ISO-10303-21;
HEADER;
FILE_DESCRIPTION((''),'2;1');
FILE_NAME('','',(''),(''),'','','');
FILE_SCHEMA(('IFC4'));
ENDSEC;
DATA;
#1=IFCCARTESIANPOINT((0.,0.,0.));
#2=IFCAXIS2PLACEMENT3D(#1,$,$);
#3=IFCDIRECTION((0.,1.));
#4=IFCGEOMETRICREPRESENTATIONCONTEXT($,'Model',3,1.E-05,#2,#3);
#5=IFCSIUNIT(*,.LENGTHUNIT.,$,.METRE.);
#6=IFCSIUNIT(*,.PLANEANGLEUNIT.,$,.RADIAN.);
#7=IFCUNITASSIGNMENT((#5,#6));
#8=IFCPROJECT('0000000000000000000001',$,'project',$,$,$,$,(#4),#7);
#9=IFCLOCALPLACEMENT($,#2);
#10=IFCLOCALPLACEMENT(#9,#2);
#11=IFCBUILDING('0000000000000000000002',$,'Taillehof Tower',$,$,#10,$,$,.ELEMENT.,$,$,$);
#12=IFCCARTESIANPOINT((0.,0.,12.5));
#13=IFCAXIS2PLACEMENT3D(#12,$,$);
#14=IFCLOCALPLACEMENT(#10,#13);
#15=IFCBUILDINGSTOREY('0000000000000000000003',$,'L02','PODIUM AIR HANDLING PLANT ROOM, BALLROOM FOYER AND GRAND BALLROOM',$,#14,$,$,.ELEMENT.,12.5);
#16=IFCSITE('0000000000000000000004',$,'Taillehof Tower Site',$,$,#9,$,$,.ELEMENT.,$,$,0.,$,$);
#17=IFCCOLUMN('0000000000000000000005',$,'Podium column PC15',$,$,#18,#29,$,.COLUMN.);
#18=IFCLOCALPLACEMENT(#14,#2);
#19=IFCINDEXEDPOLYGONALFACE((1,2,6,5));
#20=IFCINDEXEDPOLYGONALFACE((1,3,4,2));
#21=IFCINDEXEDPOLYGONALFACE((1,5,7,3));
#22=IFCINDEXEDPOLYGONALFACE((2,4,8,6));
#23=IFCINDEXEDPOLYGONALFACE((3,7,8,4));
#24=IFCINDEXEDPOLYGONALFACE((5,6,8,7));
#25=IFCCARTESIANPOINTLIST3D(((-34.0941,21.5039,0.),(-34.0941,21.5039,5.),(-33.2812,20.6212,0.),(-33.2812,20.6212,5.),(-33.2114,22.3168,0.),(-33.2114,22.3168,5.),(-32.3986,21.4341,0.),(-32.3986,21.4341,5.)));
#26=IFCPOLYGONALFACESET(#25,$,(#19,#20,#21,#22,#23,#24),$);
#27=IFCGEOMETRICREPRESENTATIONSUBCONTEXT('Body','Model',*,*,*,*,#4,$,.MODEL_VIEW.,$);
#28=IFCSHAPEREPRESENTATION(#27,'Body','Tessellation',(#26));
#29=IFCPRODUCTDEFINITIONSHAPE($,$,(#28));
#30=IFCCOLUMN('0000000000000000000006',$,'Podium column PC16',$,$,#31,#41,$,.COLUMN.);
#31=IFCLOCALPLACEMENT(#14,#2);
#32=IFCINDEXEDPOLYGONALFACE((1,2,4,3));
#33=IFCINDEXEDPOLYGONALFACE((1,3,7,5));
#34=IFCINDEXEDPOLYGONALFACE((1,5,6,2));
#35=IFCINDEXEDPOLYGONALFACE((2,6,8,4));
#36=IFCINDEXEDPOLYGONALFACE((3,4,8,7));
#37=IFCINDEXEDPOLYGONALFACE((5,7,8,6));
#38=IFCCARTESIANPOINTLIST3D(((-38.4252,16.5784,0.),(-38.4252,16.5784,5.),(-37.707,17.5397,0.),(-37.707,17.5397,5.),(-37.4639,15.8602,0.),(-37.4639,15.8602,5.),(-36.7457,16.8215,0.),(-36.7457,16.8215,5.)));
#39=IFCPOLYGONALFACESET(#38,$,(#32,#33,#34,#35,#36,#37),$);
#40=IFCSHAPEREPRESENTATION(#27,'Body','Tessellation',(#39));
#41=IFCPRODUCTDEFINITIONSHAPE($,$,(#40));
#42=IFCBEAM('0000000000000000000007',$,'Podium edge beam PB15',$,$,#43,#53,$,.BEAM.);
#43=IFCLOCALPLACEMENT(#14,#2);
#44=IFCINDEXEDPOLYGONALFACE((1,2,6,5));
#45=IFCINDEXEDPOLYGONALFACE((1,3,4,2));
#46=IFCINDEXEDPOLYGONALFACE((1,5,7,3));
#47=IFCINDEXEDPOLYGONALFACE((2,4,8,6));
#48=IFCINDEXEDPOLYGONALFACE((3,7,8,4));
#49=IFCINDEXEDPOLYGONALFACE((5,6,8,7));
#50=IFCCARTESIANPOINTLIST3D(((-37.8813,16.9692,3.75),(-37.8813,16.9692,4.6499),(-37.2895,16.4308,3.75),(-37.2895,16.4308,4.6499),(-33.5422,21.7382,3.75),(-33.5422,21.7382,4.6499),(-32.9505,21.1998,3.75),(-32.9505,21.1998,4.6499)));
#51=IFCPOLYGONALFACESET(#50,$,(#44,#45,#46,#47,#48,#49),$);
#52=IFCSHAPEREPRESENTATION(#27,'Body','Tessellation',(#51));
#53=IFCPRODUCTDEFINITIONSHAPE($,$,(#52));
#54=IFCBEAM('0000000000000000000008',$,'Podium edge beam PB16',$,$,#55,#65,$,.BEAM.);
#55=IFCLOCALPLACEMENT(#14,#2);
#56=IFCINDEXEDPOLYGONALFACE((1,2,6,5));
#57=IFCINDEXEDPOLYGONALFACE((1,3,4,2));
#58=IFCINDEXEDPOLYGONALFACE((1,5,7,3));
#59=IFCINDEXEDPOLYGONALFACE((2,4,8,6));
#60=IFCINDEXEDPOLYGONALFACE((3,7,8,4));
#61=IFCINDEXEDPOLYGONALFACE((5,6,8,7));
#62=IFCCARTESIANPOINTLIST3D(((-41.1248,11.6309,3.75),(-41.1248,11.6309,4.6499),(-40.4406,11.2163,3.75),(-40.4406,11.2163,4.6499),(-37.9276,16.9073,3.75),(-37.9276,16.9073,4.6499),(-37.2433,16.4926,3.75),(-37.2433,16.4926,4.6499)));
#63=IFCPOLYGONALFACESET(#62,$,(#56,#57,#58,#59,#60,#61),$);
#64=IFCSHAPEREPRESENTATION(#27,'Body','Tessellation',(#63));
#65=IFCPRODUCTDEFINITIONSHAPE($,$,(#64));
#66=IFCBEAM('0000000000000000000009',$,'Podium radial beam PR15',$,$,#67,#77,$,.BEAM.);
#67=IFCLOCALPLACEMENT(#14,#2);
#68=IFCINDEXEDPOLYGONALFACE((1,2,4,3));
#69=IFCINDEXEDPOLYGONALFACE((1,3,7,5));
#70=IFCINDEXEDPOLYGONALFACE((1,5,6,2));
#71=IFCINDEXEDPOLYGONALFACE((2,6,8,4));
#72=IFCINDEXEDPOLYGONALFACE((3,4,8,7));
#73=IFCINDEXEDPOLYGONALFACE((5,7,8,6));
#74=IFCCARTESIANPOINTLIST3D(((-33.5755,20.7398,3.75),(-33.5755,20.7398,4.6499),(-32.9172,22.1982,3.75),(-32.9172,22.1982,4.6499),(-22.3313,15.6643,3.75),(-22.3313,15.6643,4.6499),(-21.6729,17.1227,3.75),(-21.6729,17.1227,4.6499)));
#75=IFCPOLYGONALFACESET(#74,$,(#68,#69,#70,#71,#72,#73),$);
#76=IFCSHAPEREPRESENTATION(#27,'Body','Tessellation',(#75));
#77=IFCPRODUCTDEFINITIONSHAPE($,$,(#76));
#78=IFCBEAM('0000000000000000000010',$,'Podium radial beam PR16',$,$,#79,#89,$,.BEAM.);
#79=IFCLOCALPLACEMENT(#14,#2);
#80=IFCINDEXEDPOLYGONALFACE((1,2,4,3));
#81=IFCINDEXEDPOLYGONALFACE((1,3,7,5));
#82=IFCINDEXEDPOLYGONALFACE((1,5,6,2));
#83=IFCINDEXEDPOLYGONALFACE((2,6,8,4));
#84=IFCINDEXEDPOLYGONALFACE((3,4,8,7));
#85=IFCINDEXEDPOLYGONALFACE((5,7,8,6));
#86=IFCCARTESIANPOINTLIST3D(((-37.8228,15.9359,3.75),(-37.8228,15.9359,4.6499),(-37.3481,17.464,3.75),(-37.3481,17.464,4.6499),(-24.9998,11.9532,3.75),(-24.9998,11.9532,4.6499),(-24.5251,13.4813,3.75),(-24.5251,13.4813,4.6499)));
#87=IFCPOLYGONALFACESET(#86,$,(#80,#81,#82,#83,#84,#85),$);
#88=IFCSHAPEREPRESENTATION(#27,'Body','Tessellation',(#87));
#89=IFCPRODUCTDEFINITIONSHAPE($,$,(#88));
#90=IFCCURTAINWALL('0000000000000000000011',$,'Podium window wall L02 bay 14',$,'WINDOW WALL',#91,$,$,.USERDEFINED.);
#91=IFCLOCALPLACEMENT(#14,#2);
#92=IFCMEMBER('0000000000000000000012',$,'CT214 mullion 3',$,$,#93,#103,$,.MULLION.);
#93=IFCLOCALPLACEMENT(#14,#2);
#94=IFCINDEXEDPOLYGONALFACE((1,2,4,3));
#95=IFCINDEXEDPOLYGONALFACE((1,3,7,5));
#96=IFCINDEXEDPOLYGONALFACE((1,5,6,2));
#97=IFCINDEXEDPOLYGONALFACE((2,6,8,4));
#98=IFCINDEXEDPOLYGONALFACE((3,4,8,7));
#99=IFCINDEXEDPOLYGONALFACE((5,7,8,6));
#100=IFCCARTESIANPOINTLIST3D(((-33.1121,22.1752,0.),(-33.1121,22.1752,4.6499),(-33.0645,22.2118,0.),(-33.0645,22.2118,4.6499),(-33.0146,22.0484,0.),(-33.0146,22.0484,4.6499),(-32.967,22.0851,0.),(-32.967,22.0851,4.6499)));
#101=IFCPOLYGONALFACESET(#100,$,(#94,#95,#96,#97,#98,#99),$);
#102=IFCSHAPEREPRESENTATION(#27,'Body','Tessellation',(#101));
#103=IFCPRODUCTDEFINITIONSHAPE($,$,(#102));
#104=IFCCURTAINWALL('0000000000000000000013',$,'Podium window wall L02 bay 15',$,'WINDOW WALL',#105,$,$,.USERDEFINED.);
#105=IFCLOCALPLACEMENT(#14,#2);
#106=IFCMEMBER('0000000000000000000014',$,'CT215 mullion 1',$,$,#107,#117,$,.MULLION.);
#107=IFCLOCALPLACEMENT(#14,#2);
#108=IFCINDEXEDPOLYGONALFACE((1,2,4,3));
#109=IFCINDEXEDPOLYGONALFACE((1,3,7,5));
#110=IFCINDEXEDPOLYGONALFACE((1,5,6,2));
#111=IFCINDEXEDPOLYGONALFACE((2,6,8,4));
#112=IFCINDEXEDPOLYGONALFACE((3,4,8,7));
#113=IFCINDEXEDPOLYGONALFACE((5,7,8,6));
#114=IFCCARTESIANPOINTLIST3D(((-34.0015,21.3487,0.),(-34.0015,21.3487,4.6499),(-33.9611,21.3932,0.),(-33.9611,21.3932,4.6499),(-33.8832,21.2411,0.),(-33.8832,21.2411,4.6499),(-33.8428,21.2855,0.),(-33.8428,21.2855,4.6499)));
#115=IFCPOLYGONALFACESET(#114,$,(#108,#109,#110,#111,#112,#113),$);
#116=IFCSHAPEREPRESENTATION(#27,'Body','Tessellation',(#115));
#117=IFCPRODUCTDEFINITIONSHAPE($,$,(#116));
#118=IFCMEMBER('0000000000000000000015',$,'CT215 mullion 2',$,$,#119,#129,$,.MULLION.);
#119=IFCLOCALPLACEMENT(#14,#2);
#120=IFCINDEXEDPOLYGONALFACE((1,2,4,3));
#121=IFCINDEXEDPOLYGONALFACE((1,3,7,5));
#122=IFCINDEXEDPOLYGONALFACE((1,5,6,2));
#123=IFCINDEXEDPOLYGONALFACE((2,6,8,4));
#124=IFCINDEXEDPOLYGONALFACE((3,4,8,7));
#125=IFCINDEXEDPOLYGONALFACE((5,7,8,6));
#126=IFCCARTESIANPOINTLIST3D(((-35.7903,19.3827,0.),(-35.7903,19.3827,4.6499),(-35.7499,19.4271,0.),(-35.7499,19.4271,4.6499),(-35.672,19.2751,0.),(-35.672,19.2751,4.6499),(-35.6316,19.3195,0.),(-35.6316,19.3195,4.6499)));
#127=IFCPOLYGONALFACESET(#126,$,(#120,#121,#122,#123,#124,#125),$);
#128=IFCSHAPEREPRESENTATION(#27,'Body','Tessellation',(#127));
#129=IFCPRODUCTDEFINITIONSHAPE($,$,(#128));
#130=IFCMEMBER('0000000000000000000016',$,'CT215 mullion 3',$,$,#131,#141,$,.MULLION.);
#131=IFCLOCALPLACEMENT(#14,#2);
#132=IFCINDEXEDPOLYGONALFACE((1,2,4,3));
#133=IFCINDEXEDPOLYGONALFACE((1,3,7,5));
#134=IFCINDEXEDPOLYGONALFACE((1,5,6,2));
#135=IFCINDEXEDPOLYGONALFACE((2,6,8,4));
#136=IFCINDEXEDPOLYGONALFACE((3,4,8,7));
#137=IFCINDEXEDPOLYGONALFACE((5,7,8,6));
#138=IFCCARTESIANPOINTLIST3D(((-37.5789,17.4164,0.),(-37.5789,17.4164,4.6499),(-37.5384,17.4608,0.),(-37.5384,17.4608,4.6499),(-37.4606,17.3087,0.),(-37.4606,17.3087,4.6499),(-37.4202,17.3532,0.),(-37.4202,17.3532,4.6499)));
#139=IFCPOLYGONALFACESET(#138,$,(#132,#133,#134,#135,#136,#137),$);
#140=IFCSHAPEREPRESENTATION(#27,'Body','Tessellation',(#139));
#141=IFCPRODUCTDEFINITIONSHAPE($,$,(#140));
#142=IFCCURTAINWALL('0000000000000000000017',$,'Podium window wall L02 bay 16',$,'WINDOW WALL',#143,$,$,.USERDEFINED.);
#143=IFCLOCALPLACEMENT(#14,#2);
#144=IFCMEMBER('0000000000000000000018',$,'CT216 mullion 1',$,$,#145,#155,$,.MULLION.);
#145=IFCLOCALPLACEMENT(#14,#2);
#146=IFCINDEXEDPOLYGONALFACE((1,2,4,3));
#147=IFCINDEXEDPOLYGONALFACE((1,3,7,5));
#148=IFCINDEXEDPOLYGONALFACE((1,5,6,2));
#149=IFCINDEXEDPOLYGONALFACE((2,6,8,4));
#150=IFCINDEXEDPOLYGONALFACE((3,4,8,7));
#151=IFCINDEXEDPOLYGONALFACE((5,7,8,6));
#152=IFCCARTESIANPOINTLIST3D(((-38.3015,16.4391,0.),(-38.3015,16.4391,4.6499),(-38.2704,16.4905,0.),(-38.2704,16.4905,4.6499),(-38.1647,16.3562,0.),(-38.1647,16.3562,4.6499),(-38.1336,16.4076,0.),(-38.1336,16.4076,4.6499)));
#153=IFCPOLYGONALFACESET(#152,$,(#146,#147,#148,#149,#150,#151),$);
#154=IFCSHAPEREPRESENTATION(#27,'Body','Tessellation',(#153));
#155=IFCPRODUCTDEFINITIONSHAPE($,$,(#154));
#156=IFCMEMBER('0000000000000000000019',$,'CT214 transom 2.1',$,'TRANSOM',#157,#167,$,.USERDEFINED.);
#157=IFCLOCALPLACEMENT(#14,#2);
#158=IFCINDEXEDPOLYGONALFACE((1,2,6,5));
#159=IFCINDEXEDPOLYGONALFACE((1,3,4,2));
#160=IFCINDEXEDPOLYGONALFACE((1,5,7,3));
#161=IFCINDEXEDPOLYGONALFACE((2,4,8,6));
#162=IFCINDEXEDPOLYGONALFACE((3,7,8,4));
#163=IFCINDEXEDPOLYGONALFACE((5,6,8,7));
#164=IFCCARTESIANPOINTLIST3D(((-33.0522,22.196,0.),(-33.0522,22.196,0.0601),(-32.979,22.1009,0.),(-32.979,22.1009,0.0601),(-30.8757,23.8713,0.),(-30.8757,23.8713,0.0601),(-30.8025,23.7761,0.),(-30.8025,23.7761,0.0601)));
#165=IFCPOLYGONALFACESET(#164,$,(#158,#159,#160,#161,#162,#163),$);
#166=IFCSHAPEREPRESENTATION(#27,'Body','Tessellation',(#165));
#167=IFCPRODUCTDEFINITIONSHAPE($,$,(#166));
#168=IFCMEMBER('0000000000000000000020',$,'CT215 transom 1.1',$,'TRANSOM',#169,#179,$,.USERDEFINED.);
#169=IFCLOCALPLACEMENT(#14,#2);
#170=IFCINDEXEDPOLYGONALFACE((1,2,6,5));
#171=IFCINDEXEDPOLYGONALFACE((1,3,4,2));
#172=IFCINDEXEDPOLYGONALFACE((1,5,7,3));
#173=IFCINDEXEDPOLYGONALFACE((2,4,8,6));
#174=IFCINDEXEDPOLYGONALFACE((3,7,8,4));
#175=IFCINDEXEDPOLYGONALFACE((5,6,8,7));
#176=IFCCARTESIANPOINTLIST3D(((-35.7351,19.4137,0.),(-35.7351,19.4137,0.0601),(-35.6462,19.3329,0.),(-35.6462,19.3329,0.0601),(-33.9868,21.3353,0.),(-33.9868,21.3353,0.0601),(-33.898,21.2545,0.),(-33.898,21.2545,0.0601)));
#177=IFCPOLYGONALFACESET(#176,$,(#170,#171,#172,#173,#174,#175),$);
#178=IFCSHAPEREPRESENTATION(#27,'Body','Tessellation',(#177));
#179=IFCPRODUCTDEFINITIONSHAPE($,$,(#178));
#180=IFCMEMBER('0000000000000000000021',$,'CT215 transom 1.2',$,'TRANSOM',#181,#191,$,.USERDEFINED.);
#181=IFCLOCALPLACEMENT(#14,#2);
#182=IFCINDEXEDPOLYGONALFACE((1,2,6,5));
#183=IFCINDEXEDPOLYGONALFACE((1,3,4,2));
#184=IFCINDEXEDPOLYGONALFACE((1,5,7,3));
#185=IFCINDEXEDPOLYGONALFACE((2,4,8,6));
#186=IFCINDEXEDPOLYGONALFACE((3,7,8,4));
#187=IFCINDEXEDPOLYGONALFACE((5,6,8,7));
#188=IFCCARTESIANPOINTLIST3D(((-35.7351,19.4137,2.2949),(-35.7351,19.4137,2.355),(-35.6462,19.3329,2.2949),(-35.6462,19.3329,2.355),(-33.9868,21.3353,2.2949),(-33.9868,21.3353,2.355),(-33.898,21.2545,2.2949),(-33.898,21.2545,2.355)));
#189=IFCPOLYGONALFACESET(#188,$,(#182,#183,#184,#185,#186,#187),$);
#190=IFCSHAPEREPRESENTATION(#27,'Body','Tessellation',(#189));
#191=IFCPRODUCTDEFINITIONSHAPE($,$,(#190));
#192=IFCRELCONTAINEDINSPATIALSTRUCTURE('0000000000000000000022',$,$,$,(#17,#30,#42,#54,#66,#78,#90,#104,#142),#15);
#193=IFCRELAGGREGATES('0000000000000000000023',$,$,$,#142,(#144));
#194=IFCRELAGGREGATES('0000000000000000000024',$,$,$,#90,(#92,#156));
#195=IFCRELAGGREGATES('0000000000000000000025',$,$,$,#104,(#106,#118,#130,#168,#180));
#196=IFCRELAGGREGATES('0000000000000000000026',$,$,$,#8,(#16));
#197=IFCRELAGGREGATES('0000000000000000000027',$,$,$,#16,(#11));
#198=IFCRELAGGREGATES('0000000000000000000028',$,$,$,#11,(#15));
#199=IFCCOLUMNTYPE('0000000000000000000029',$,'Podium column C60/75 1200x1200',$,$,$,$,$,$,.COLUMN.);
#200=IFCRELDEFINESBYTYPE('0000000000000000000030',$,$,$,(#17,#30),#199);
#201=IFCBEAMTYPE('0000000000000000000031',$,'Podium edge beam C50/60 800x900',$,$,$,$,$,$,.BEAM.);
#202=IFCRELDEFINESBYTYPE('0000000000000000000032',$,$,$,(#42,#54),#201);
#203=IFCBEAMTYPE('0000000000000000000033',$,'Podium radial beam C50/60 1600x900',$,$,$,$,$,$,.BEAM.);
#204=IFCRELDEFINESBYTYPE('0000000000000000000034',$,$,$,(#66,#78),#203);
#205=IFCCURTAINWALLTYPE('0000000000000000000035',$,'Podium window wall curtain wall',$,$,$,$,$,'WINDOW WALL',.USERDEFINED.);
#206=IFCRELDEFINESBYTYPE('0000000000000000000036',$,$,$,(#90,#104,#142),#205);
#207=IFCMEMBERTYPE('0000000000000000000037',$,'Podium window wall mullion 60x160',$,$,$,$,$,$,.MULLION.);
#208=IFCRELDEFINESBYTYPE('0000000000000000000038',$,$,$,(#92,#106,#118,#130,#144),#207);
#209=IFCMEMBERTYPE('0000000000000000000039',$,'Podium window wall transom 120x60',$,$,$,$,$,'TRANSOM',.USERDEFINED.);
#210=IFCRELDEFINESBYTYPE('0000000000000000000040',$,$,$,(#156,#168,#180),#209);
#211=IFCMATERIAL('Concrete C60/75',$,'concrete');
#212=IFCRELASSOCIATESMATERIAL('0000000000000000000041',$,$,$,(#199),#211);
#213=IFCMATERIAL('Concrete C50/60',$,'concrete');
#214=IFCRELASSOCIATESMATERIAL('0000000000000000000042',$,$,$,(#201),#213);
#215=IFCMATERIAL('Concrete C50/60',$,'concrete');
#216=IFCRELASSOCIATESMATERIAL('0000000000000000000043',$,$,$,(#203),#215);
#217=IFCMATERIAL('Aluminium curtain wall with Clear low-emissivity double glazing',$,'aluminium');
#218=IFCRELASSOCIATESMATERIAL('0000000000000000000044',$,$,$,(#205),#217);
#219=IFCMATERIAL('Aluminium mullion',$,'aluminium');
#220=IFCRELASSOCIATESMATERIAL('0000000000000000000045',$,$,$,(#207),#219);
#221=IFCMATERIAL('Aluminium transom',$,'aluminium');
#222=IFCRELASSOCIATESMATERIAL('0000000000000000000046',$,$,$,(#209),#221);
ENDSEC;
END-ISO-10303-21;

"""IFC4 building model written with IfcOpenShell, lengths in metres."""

from ifc_helpers import new_model, si_unit, direction, frame, origin, origin_2d, place, context, subcontext, project, spatial, rectangle, extrude, material, material_profile, profile_set, type_object, element, aggregate, save


model = new_model("IFC4")

# Units and contexts
model_context = context("Model", 3, precision=1e-05, world=origin(), true_north=direction((0.0, 1.0)))
body_context = subcontext(model_context, "Body", "Model", "MODEL_VIEW")
ifc_project = project(units=[si_unit("LENGTHUNIT", "METRE"), si_unit("PLANEANGLEUNIT", "RADIAN")], contexts=[model_context])

# Site, building, storey
site_placement = place(None, origin())
site = spatial("IfcSite", under=ifc_project, at=site_placement, Name="Taillehof Tower Site", CompositionType="ELEMENT", RefElevation=0.0)
building_placement = place(site_placement, origin())
building = spatial("IfcBuilding", under=site, at=building_placement, Name="Taillehof Tower", CompositionType="ELEMENT")
storey_placement = place(building_placement, frame((0.0, 0.0, 12.5)))
storey = spatial("IfcBuildingStorey", under=building, at=storey_placement, Name="L02", Description="PODIUM AIR HANDLING PLANT ROOM, BALLROOM FOYER AND GRAND BALLROOM", CompositionType="ELEMENT", Elevation=12.5)

# Columns
ifc_material_1 = material(Name="Concrete C60/75", Category="concrete")
ifc_material_profile_1 = material_profile(ifc_material_1, rectangle(XDim=1.2, YDim=1.2, at=origin_2d()), Name="RC 1200x1200")
ifc_profile_set_1 = profile_set([ifc_material_profile_1], Name="Concrete C60/75")
column_type = type_object("IfcColumnType", Name="Podium column C60/75 1200x1200", PredefinedType="COLUMN", material=ifc_profile_set_1)
for number, where, z_axis, x_axis, name in (
    (1, (-33.2463, 21.469, 0.0), (0.0, 0.0, 1.0), (-0.677415, 0.735601, 0.0), "Podium column PC15"),
    (2, (-37.5854, 16.7, 0.0), (0.0, 0.0, 1.0), (-0.801091, 0.598542, 0.0), "Podium column PC16"),
):
    element("IfcColumn", number, at=place(storey_placement, frame(where, z_axis=z_axis, x_axis=x_axis)), inside=storey, type_object=column_type, Name=name, PredefinedType="COLUMN", context=body_context, shape_type="SweptSolid", body=[
        extrude(rectangle(XDim=1.2, YDim=1.2, at=origin_2d()), origin(), (0.0, 0.0, 1.0), 5.0),
    ])

# Beams
ifc_material_2 = material(Name="Concrete C50/60", Category="concrete")
ifc_material_profile_2 = material_profile(ifc_material_2, rectangle(XDim=0.8, YDim=0.8999, at=origin_2d()), Name="RC 800x900")
ifc_profile_set_2 = profile_set([ifc_material_profile_2], Name="Concrete C50/60")
beam_type_1 = type_object("IfcBeamType", Name="Podium edge beam C50/60 800x900", PredefinedType="BEAM", material=ifc_profile_set_2)
beam_1_placement = place(storey_placement, frame((-33.2463, 21.469, 4.2), z_axis=(-0.67298, -0.739661, 0.0), x_axis=(0.739661, -0.67298, 0.0)))
element("IfcBeam", 3, at=beam_1_placement, inside=storey, type_object=beam_type_1, Name="Podium edge beam PB15", PredefinedType="BEAM", context=body_context, shape_type="SweptSolid", body=[
    extrude(rectangle(XDim=0.8, YDim=0.8999, at=origin_2d()), origin(), (0.0, 0.0, 1.0), 6.4475),
])
beam_2_placement = place(storey_placement, frame((-37.5854, 16.7, 4.2), z_axis=(-0.518239, -0.855236, 0.0), x_axis=(0.855236, -0.518239, 0.0)))
element("IfcBeam", 4, at=beam_2_placement, inside=storey, type_object=beam_type_1, Name="Podium edge beam PB16", PredefinedType="BEAM", context=body_context, shape_type="SweptSolid", body=[
    extrude(rectangle(XDim=0.8, YDim=0.8999, at=origin_2d()), origin(), (0.0, 0.0, 1.0), 6.1694),
])
ifc_material_3 = material(Name="Concrete C50/60", Category="concrete")
ifc_material_profile_3 = material_profile(ifc_material_3, rectangle(XDim=1.6001, YDim=0.8999, at=origin_2d()), Name="RC 1600x900")
ifc_profile_set_3 = profile_set([ifc_material_profile_3], Name="Concrete C50/60")
beam_type_2 = type_object("IfcBeamType", Name="Podium radial beam C50/60 1600x900", PredefinedType="BEAM", material=ifc_profile_set_3)
beam_3_placement = place(storey_placement, frame((-33.2463, 21.469, 4.2), z_axis=(0.911448, -0.411414, 0.0), x_axis=(0.411414, 0.911448, 0.0)))
element("IfcBeam", 5, at=beam_3_placement, inside=storey, type_object=beam_type_2, Name="Podium radial beam PR15", PredefinedType="BEAM", context=body_context, shape_type="SweptSolid", body=[
    extrude(rectangle(XDim=1.6001, YDim=0.8999, at=origin_2d()), origin(), (0.0, 0.0, 1.0), 12.3367),
])
beam_4_placement = place(storey_placement, frame((-37.5854, 16.7, 4.2), z_axis=(0.954998, -0.296611, 0.0), x_axis=(0.296611, 0.954998, 0.0)))
element("IfcBeam", 6, at=beam_4_placement, inside=storey, type_object=beam_type_2, Name="Podium radial beam PR16", PredefinedType="BEAM", context=body_context, shape_type="SweptSolid", body=[
    extrude(rectangle(XDim=1.6001, YDim=0.8999, at=origin_2d()), origin(), (0.0, 0.0, 1.0), 13.4272),
])

# Curtain wall, member
ifc_material_4 = material(Name="Aluminium curtain wall with Clear low-emissivity double glazing", Category="aluminium")
curtain_wall_type = type_object("IfcCurtainWallType", Name="Podium window wall curtain wall", ElementType="WINDOW WALL", PredefinedType="USERDEFINED", material=ifc_material_4)
curtain_wall_1_placement = place(storey_placement, origin())
curtain_wall_1 = element("IfcCurtainWall", 7, at=curtain_wall_1_placement, inside=storey, type_object=curtain_wall_type, Name="Podium window wall L02 bay 14", ObjectType="WINDOW WALL", PredefinedType="USERDEFINED")
ifc_material_5 = material(Name="Aluminium mullion", Category="aluminium")
ifc_material_profile_4 = material_profile(ifc_material_5, rectangle(XDim=0.1599, YDim=0.0601, at=origin_2d()), Name="AL 60x160")
ifc_profile_set_4 = profile_set([ifc_material_profile_4], Name="Aluminium mullion")
member_type_1 = type_object("IfcMemberType", Name="Podium window wall mullion 60x160", PredefinedType="MULLION", material=ifc_profile_set_4)
member_1_placement = place(storey_placement, frame((-33.0396, 22.1301, 0.0), z_axis=(0.0, 0.0, 1.0), x_axis=(0.609932, -0.792454, 0.0)))
member_1 = element("IfcMember", 8, at=member_1_placement, type_object=member_type_1, Name="CT214 mullion 3", PredefinedType="MULLION", context=body_context, shape_type="SweptSolid", body=[
    extrude(rectangle(XDim=0.1599, YDim=0.0601, at=origin_2d()), origin(), (0.0, 0.0, 1.0), 4.6499),
])

# Curtain wall, members
curtain_wall_2_placement = place(storey_placement, origin())
curtain_wall_2 = element("IfcCurtainWall", 9, at=curtain_wall_2_placement, inside=storey, type_object=curtain_wall_type, Name="Podium window wall L02 bay 15", ObjectType="WINDOW WALL", PredefinedType="USERDEFINED")
member_2_placement = place(storey_placement, frame((-33.9221, 21.3171, 0.0), z_axis=(0.0, 0.0, 1.0), x_axis=(0.739707, -0.672929, 0.0)))
member_2 = element("IfcMember", 10, at=member_2_placement, type_object=member_type_1, Name="CT215 mullion 1", PredefinedType="MULLION", context=body_context, shape_type="SweptSolid", body=[
    extrude(rectangle(XDim=0.1599, YDim=0.0601, at=origin_2d()), origin(), (0.0, 0.0, 1.0), 4.6499),
])
member_3_placement = place(storey_placement, frame((-35.7109, 19.3511, 0.0), z_axis=(0.0, 0.0, 1.0), x_axis=(0.739707, -0.672929, 0.0)))
member_3 = element("IfcMember", 11, at=member_3_placement, type_object=member_type_1, Name="CT215 mullion 2", PredefinedType="MULLION", context=body_context, shape_type="SweptSolid", body=[
    extrude(rectangle(XDim=0.1599, YDim=0.0601, at=origin_2d()), origin(), (0.0, 0.0, 1.0), 4.6499),
])
member_4_placement = place(storey_placement, frame((-37.4995, 17.3848, 0.0), z_axis=(0.0, 0.0, 1.0), x_axis=(0.739707, -0.672929, 0.0)))
member_4 = element("IfcMember", 12, at=member_4_placement, type_object=member_type_1, Name="CT215 mullion 3", PredefinedType="MULLION", context=body_context, shape_type="SweptSolid", body=[
    extrude(rectangle(XDim=0.1599, YDim=0.0601, at=origin_2d()), origin(), (0.0, 0.0, 1.0), 4.6499),
])

# Curtain wall, member
curtain_wall_3_placement = place(storey_placement, origin())
curtain_wall_3 = element("IfcCurtainWall", 13, at=curtain_wall_3_placement, inside=storey, type_object=curtain_wall_type, Name="Podium window wall L02 bay 16", ObjectType="WINDOW WALL", PredefinedType="USERDEFINED")
member_5_placement = place(storey_placement, frame((-38.2175, 16.4233, 0.0), z_axis=(0.0, 0.0, 1.0), x_axis=(0.855289, -0.518151, 0.0)))
member_5 = element("IfcMember", 14, at=member_5_placement, type_object=member_type_1, Name="CT216 mullion 1", PredefinedType="MULLION", context=body_context, shape_type="SweptSolid", body=[
    extrude(rectangle(XDim=0.1599, YDim=0.0601, at=origin_2d()), origin(), (0.0, 0.0, 1.0), 4.6499),
])
aggregate(curtain_wall_3, [member_5])

# Members
ifc_material_6 = material(Name="Aluminium transom", Category="aluminium")
ifc_material_profile_5 = material_profile(ifc_material_6, rectangle(XDim=0.1201, YDim=0.0601, at=origin_2d()), Name="AL 120x60")
ifc_profile_set_5 = profile_set([ifc_material_profile_5], Name="Aluminium transom")
member_type_2 = type_object("IfcMemberType", Name="Podium window wall transom 120x60", ElementType="TRANSOM", PredefinedType="USERDEFINED", material=ifc_profile_set_5)
member_6_placement = place(storey_placement, frame((-30.8391, 23.8237, 0.03), z_axis=(-0.792439, -0.609951, 0.0), x_axis=(0.609951, -0.792439, 0.0)))
member_6 = element("IfcMember", 15, at=member_6_placement, type_object=member_type_2, Name="CT214 transom 2.1", ObjectType="TRANSOM", PredefinedType="USERDEFINED", context=body_context, shape_type="SweptSolid", body=[
    extrude(rectangle(XDim=0.1201, YDim=0.0601, at=origin_2d()), origin(), (0.0, 0.0, 1.0), 2.7466),
])
member_7_placement = place(storey_placement, frame((-33.9424, 21.2949, 0.03), z_axis=(-0.672958, -0.739681, 0.0), x_axis=(0.739681, -0.672958, 0.0)))
member_7 = element("IfcMember", 16, at=member_7_placement, type_object=member_type_2, Name="CT215 transom 1.1", ObjectType="TRANSOM", PredefinedType="USERDEFINED", context=body_context, shape_type="SweptSolid", body=[
    extrude(rectangle(XDim=0.1201, YDim=0.0601, at=origin_2d()), origin(), (0.0, 0.0, 1.0), 2.5979),
])
member_8_placement = place(storey_placement, frame((-33.9424, 21.2949, 2.325), z_axis=(-0.672958, -0.739681, 0.0), x_axis=(0.739681, -0.672958, 0.0)))
member_8 = element("IfcMember", 17, at=member_8_placement, type_object=member_type_2, Name="CT215 transom 1.2", ObjectType="TRANSOM", PredefinedType="USERDEFINED", context=body_context, shape_type="SweptSolid", body=[
    extrude(rectangle(XDim=0.1201, YDim=0.0601, at=origin_2d()), origin(), (0.0, 0.0, 1.0), 2.5979),
])

aggregate(curtain_wall_1, [member_1, member_6])
aggregate(curtain_wall_2, [member_2, member_3, member_4, member_7, member_8])

save(model, "model.ifc")
